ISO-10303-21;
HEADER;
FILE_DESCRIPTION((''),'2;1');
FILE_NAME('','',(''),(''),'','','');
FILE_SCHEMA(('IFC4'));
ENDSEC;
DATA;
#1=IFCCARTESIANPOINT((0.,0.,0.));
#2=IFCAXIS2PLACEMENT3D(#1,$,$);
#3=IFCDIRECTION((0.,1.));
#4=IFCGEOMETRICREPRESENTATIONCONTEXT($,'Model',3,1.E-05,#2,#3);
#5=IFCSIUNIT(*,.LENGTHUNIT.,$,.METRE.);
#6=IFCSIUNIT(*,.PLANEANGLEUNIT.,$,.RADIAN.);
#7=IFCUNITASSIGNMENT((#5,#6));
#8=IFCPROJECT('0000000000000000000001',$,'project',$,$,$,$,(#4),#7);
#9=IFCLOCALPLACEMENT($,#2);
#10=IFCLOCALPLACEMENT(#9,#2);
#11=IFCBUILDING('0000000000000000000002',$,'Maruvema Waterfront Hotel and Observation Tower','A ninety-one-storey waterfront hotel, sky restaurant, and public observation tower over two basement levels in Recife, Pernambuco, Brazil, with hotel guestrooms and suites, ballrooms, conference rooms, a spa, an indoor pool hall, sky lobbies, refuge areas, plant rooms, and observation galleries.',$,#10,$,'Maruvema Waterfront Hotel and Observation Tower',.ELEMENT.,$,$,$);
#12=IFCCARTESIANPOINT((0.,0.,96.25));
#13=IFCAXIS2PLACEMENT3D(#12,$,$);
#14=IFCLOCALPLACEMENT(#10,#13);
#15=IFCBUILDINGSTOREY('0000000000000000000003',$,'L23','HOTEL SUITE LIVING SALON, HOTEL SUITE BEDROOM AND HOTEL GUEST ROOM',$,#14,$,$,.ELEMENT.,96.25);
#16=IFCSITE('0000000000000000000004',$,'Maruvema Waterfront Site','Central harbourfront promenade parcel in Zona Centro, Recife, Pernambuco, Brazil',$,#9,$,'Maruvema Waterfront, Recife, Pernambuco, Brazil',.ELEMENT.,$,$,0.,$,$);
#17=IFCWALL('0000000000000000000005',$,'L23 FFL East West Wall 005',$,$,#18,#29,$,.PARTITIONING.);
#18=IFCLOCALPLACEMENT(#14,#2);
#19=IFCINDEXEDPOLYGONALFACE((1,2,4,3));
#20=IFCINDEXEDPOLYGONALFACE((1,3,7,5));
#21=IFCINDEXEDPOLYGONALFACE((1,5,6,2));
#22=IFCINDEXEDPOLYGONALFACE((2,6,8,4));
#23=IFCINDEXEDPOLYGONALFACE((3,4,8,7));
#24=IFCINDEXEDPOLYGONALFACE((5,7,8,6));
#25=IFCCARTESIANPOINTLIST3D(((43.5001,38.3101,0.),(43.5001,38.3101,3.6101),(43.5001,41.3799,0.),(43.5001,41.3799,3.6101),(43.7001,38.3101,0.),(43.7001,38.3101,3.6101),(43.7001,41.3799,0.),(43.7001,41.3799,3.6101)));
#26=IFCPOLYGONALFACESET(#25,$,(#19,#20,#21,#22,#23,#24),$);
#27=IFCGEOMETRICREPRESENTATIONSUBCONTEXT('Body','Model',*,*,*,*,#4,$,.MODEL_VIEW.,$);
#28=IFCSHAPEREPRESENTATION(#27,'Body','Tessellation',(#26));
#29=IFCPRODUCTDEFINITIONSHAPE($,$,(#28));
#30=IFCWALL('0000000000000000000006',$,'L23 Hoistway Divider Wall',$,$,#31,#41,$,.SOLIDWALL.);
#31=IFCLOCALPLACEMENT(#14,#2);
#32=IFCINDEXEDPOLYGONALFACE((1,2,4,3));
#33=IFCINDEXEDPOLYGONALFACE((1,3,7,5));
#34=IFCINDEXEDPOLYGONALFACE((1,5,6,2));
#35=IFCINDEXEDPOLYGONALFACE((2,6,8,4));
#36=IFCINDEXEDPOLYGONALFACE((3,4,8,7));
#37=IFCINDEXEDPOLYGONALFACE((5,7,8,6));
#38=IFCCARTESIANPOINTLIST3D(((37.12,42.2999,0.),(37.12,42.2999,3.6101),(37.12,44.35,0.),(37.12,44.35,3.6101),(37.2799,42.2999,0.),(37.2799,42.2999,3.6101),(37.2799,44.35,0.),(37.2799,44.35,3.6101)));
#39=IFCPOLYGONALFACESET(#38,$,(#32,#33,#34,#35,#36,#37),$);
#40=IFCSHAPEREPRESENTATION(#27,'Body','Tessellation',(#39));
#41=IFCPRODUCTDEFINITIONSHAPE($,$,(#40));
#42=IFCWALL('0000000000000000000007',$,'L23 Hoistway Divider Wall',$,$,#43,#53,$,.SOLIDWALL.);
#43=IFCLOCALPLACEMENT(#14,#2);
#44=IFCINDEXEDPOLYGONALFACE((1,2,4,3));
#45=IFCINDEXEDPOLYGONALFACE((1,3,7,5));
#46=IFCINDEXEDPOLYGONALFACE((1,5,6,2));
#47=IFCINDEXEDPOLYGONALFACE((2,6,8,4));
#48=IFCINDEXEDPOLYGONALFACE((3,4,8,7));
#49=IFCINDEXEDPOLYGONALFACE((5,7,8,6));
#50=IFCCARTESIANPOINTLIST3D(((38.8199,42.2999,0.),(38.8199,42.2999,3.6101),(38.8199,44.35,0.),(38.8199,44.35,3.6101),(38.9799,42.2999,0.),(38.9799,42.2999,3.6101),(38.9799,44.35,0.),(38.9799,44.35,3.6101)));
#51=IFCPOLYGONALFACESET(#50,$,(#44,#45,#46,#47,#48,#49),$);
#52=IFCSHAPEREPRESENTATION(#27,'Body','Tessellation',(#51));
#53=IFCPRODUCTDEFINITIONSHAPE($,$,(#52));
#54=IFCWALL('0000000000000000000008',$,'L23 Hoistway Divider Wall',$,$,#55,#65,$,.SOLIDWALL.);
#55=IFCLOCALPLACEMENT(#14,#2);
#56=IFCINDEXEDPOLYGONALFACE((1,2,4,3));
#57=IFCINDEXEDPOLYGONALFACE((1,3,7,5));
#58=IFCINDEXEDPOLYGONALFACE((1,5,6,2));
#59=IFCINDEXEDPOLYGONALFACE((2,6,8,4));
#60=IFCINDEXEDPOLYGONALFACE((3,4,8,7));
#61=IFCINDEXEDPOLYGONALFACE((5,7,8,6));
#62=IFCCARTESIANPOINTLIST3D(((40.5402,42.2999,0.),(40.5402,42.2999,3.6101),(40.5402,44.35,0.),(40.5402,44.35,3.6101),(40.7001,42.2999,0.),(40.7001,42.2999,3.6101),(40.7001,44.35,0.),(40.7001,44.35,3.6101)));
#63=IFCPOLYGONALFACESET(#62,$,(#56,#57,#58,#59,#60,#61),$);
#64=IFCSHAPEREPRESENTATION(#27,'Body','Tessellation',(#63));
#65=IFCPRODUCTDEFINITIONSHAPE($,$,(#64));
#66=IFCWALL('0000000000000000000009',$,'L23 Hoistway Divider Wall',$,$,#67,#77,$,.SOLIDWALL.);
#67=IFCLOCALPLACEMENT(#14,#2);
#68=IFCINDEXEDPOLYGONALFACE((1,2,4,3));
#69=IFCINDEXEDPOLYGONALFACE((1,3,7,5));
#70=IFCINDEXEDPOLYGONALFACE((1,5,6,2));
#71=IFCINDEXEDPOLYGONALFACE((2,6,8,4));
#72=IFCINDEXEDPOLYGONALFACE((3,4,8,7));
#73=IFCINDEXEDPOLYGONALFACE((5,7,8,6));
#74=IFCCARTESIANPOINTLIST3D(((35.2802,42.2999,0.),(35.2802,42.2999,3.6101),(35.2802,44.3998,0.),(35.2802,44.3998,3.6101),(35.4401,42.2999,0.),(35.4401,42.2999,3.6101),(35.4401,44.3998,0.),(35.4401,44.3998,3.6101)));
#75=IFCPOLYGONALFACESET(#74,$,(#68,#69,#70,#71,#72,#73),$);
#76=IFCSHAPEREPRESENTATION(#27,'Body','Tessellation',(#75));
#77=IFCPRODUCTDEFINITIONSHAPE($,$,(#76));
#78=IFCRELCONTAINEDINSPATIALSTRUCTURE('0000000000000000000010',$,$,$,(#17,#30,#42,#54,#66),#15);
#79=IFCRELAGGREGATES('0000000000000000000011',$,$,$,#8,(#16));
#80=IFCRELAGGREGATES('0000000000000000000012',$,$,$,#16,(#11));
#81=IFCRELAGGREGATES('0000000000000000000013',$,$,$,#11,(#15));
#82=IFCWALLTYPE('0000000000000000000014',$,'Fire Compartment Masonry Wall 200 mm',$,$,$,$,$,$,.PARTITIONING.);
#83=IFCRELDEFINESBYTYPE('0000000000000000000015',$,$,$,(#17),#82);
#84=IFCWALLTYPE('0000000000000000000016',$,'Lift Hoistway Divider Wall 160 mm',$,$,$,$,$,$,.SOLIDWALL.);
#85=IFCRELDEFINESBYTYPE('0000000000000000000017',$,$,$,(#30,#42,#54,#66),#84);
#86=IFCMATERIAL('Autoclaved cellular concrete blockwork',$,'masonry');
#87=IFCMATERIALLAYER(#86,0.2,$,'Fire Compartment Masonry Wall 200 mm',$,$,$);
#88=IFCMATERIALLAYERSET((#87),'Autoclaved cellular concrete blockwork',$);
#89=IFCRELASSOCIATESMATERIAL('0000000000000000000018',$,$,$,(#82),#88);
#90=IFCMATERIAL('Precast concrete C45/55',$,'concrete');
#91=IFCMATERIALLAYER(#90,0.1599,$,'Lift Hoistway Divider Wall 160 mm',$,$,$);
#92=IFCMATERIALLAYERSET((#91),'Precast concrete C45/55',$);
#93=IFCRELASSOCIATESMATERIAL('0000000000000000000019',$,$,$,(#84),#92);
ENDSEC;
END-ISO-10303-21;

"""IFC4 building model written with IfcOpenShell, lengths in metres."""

from ifc_helpers import new_model, si_unit, direction, frame, frame_2d, origin, place, context, subcontext, project, spatial, rectangle, extrude, material, layer, layer_set, type_object, element, save


model = new_model("IFC4")

# Units and contexts
model_context = context("Model", 3, precision=1e-05, world=origin(), true_north=direction((0.0, 1.0)))
body_context = subcontext(model_context, "Body", "Model", "MODEL_VIEW")
ifc_project = project(units=[si_unit("LENGTHUNIT", "METRE"), si_unit("PLANEANGLEUNIT", "RADIAN")], contexts=[model_context])

# Site, building, storey
site_placement = place(None, origin())
site = spatial("IfcSite", under=ifc_project, at=site_placement, Name="Maruvema Waterfront Site", Description="Central harbourfront promenade parcel in Zona Centro, Recife, Pernambuco, Brazil", LongName="Maruvema Waterfront, Recife, Pernambuco, Brazil", CompositionType="ELEMENT", RefElevation=0.0)
building_placement = place(site_placement, origin())
building = spatial("IfcBuilding", under=site, at=building_placement, Name="Maruvema Waterfront Hotel and Observation Tower", Description="A ninety-one-storey waterfront hotel, sky restaurant, and public observation tower over two basement levels in Recife, Pernambuco, Brazil, with hotel guestrooms and suites, ballrooms, conference rooms, a spa, an indoor pool hall, sky lobbies, refuge areas, plant rooms, and observation galleries.", LongName="Maruvema Waterfront Hotel and Observation Tower", CompositionType="ELEMENT")
storey_placement = place(building_placement, frame((0.0, 0.0, 96.25)))
storey = spatial("IfcBuildingStorey", under=building, at=storey_placement, Name="L23", Description="HOTEL SUITE LIVING SALON, HOTEL SUITE BEDROOM AND HOTEL GUEST ROOM", CompositionType="ELEMENT", Elevation=96.25)

# Shared definitions
ifc_material_1 = material(Name="Autoclaved cellular concrete blockwork", Category="masonry")
ifc_layer_1 = layer(ifc_material_1, 0.2, Name="Fire Compartment Masonry Wall 200 mm")
ifc_layer_set_1 = layer_set([ifc_layer_1], Name="Autoclaved cellular concrete blockwork")
wall_type_1 = type_object("IfcWallType", Name="Fire Compartment Masonry Wall 200 mm", PredefinedType="PARTITIONING", material=ifc_layer_set_1)

# Walls
wall_1_placement = place(storey_placement, frame((43.6001, 38.3101, 0.0), z_axis=(0.0, 0.0, 1.0), x_axis=(0.0, 1.0, 0.0)))
element("IfcWall", 1, at=wall_1_placement, inside=storey, type_object=wall_type_1, Name="L23 FFL East West Wall 005", PredefinedType="PARTITIONING", context=body_context, shape_type="SweptSolid", body=[
    extrude(rectangle(XDim=3.0698, YDim=0.2, at=frame_2d((1.5349, 0.0))), origin(), (0.0, 0.0, 1.0), 3.6101),
])
ifc_material_2 = material(Name="Precast concrete C45/55", Category="concrete")
ifc_layer_2 = layer(ifc_material_2, 0.1599, Name="Lift Hoistway Divider Wall 160 mm")
ifc_layer_set_2 = layer_set([ifc_layer_2], Name="Precast concrete C45/55")
wall_type_2 = type_object("IfcWallType", Name="Lift Hoistway Divider Wall 160 mm", PredefinedType="SOLIDWALL", material=ifc_layer_set_2)
for number, where, z_axis, x_axis, name in (
    (2, (37.2, 42.3, 0.0), (0.0, 0.0, 1.0), (0.0, 1.0, 0.0), "L23 Hoistway Divider Wall"),
    (3, (38.8999, 42.3, 0.0), (0.0, 0.0, 1.0), (0.0, 1.0, 0.0), "L23 Hoistway Divider Wall"),
    (4, (40.6201, 42.3, 0.0), (0.0, 0.0, 1.0), (0.0, 1.0, 0.0), "L23 Hoistway Divider Wall"),
):
    element("IfcWall", number, at=place(storey_placement, frame(where, z_axis=z_axis, x_axis=x_axis)), inside=storey, type_object=wall_type_2, Name=name, PredefinedType="SOLIDWALL", context=body_context, shape_type="SweptSolid", body=[
        extrude(rectangle(XDim=2.05, YDim=0.1599, at=frame_2d((1.0249, 0.0))), origin(), (0.0, 0.0, 1.0), 3.6101),
    ])
wall_2_placement = place(storey_placement, frame((35.3601, 42.3, 0.0), z_axis=(0.0, 0.0, 1.0), x_axis=(0.0, 1.0, 0.0)))
element("IfcWall", 5, at=wall_2_placement, inside=storey, type_object=wall_type_2, Name="L23 Hoistway Divider Wall", PredefinedType="SOLIDWALL", context=body_context, shape_type="SweptSolid", body=[
    extrude(rectangle(XDim=2.0999, YDim=0.1599, at=frame_2d((1.0498, 0.0))), origin(), (0.0, 0.0, 1.0), 3.6101),
])

save(model, "model.ifc")
